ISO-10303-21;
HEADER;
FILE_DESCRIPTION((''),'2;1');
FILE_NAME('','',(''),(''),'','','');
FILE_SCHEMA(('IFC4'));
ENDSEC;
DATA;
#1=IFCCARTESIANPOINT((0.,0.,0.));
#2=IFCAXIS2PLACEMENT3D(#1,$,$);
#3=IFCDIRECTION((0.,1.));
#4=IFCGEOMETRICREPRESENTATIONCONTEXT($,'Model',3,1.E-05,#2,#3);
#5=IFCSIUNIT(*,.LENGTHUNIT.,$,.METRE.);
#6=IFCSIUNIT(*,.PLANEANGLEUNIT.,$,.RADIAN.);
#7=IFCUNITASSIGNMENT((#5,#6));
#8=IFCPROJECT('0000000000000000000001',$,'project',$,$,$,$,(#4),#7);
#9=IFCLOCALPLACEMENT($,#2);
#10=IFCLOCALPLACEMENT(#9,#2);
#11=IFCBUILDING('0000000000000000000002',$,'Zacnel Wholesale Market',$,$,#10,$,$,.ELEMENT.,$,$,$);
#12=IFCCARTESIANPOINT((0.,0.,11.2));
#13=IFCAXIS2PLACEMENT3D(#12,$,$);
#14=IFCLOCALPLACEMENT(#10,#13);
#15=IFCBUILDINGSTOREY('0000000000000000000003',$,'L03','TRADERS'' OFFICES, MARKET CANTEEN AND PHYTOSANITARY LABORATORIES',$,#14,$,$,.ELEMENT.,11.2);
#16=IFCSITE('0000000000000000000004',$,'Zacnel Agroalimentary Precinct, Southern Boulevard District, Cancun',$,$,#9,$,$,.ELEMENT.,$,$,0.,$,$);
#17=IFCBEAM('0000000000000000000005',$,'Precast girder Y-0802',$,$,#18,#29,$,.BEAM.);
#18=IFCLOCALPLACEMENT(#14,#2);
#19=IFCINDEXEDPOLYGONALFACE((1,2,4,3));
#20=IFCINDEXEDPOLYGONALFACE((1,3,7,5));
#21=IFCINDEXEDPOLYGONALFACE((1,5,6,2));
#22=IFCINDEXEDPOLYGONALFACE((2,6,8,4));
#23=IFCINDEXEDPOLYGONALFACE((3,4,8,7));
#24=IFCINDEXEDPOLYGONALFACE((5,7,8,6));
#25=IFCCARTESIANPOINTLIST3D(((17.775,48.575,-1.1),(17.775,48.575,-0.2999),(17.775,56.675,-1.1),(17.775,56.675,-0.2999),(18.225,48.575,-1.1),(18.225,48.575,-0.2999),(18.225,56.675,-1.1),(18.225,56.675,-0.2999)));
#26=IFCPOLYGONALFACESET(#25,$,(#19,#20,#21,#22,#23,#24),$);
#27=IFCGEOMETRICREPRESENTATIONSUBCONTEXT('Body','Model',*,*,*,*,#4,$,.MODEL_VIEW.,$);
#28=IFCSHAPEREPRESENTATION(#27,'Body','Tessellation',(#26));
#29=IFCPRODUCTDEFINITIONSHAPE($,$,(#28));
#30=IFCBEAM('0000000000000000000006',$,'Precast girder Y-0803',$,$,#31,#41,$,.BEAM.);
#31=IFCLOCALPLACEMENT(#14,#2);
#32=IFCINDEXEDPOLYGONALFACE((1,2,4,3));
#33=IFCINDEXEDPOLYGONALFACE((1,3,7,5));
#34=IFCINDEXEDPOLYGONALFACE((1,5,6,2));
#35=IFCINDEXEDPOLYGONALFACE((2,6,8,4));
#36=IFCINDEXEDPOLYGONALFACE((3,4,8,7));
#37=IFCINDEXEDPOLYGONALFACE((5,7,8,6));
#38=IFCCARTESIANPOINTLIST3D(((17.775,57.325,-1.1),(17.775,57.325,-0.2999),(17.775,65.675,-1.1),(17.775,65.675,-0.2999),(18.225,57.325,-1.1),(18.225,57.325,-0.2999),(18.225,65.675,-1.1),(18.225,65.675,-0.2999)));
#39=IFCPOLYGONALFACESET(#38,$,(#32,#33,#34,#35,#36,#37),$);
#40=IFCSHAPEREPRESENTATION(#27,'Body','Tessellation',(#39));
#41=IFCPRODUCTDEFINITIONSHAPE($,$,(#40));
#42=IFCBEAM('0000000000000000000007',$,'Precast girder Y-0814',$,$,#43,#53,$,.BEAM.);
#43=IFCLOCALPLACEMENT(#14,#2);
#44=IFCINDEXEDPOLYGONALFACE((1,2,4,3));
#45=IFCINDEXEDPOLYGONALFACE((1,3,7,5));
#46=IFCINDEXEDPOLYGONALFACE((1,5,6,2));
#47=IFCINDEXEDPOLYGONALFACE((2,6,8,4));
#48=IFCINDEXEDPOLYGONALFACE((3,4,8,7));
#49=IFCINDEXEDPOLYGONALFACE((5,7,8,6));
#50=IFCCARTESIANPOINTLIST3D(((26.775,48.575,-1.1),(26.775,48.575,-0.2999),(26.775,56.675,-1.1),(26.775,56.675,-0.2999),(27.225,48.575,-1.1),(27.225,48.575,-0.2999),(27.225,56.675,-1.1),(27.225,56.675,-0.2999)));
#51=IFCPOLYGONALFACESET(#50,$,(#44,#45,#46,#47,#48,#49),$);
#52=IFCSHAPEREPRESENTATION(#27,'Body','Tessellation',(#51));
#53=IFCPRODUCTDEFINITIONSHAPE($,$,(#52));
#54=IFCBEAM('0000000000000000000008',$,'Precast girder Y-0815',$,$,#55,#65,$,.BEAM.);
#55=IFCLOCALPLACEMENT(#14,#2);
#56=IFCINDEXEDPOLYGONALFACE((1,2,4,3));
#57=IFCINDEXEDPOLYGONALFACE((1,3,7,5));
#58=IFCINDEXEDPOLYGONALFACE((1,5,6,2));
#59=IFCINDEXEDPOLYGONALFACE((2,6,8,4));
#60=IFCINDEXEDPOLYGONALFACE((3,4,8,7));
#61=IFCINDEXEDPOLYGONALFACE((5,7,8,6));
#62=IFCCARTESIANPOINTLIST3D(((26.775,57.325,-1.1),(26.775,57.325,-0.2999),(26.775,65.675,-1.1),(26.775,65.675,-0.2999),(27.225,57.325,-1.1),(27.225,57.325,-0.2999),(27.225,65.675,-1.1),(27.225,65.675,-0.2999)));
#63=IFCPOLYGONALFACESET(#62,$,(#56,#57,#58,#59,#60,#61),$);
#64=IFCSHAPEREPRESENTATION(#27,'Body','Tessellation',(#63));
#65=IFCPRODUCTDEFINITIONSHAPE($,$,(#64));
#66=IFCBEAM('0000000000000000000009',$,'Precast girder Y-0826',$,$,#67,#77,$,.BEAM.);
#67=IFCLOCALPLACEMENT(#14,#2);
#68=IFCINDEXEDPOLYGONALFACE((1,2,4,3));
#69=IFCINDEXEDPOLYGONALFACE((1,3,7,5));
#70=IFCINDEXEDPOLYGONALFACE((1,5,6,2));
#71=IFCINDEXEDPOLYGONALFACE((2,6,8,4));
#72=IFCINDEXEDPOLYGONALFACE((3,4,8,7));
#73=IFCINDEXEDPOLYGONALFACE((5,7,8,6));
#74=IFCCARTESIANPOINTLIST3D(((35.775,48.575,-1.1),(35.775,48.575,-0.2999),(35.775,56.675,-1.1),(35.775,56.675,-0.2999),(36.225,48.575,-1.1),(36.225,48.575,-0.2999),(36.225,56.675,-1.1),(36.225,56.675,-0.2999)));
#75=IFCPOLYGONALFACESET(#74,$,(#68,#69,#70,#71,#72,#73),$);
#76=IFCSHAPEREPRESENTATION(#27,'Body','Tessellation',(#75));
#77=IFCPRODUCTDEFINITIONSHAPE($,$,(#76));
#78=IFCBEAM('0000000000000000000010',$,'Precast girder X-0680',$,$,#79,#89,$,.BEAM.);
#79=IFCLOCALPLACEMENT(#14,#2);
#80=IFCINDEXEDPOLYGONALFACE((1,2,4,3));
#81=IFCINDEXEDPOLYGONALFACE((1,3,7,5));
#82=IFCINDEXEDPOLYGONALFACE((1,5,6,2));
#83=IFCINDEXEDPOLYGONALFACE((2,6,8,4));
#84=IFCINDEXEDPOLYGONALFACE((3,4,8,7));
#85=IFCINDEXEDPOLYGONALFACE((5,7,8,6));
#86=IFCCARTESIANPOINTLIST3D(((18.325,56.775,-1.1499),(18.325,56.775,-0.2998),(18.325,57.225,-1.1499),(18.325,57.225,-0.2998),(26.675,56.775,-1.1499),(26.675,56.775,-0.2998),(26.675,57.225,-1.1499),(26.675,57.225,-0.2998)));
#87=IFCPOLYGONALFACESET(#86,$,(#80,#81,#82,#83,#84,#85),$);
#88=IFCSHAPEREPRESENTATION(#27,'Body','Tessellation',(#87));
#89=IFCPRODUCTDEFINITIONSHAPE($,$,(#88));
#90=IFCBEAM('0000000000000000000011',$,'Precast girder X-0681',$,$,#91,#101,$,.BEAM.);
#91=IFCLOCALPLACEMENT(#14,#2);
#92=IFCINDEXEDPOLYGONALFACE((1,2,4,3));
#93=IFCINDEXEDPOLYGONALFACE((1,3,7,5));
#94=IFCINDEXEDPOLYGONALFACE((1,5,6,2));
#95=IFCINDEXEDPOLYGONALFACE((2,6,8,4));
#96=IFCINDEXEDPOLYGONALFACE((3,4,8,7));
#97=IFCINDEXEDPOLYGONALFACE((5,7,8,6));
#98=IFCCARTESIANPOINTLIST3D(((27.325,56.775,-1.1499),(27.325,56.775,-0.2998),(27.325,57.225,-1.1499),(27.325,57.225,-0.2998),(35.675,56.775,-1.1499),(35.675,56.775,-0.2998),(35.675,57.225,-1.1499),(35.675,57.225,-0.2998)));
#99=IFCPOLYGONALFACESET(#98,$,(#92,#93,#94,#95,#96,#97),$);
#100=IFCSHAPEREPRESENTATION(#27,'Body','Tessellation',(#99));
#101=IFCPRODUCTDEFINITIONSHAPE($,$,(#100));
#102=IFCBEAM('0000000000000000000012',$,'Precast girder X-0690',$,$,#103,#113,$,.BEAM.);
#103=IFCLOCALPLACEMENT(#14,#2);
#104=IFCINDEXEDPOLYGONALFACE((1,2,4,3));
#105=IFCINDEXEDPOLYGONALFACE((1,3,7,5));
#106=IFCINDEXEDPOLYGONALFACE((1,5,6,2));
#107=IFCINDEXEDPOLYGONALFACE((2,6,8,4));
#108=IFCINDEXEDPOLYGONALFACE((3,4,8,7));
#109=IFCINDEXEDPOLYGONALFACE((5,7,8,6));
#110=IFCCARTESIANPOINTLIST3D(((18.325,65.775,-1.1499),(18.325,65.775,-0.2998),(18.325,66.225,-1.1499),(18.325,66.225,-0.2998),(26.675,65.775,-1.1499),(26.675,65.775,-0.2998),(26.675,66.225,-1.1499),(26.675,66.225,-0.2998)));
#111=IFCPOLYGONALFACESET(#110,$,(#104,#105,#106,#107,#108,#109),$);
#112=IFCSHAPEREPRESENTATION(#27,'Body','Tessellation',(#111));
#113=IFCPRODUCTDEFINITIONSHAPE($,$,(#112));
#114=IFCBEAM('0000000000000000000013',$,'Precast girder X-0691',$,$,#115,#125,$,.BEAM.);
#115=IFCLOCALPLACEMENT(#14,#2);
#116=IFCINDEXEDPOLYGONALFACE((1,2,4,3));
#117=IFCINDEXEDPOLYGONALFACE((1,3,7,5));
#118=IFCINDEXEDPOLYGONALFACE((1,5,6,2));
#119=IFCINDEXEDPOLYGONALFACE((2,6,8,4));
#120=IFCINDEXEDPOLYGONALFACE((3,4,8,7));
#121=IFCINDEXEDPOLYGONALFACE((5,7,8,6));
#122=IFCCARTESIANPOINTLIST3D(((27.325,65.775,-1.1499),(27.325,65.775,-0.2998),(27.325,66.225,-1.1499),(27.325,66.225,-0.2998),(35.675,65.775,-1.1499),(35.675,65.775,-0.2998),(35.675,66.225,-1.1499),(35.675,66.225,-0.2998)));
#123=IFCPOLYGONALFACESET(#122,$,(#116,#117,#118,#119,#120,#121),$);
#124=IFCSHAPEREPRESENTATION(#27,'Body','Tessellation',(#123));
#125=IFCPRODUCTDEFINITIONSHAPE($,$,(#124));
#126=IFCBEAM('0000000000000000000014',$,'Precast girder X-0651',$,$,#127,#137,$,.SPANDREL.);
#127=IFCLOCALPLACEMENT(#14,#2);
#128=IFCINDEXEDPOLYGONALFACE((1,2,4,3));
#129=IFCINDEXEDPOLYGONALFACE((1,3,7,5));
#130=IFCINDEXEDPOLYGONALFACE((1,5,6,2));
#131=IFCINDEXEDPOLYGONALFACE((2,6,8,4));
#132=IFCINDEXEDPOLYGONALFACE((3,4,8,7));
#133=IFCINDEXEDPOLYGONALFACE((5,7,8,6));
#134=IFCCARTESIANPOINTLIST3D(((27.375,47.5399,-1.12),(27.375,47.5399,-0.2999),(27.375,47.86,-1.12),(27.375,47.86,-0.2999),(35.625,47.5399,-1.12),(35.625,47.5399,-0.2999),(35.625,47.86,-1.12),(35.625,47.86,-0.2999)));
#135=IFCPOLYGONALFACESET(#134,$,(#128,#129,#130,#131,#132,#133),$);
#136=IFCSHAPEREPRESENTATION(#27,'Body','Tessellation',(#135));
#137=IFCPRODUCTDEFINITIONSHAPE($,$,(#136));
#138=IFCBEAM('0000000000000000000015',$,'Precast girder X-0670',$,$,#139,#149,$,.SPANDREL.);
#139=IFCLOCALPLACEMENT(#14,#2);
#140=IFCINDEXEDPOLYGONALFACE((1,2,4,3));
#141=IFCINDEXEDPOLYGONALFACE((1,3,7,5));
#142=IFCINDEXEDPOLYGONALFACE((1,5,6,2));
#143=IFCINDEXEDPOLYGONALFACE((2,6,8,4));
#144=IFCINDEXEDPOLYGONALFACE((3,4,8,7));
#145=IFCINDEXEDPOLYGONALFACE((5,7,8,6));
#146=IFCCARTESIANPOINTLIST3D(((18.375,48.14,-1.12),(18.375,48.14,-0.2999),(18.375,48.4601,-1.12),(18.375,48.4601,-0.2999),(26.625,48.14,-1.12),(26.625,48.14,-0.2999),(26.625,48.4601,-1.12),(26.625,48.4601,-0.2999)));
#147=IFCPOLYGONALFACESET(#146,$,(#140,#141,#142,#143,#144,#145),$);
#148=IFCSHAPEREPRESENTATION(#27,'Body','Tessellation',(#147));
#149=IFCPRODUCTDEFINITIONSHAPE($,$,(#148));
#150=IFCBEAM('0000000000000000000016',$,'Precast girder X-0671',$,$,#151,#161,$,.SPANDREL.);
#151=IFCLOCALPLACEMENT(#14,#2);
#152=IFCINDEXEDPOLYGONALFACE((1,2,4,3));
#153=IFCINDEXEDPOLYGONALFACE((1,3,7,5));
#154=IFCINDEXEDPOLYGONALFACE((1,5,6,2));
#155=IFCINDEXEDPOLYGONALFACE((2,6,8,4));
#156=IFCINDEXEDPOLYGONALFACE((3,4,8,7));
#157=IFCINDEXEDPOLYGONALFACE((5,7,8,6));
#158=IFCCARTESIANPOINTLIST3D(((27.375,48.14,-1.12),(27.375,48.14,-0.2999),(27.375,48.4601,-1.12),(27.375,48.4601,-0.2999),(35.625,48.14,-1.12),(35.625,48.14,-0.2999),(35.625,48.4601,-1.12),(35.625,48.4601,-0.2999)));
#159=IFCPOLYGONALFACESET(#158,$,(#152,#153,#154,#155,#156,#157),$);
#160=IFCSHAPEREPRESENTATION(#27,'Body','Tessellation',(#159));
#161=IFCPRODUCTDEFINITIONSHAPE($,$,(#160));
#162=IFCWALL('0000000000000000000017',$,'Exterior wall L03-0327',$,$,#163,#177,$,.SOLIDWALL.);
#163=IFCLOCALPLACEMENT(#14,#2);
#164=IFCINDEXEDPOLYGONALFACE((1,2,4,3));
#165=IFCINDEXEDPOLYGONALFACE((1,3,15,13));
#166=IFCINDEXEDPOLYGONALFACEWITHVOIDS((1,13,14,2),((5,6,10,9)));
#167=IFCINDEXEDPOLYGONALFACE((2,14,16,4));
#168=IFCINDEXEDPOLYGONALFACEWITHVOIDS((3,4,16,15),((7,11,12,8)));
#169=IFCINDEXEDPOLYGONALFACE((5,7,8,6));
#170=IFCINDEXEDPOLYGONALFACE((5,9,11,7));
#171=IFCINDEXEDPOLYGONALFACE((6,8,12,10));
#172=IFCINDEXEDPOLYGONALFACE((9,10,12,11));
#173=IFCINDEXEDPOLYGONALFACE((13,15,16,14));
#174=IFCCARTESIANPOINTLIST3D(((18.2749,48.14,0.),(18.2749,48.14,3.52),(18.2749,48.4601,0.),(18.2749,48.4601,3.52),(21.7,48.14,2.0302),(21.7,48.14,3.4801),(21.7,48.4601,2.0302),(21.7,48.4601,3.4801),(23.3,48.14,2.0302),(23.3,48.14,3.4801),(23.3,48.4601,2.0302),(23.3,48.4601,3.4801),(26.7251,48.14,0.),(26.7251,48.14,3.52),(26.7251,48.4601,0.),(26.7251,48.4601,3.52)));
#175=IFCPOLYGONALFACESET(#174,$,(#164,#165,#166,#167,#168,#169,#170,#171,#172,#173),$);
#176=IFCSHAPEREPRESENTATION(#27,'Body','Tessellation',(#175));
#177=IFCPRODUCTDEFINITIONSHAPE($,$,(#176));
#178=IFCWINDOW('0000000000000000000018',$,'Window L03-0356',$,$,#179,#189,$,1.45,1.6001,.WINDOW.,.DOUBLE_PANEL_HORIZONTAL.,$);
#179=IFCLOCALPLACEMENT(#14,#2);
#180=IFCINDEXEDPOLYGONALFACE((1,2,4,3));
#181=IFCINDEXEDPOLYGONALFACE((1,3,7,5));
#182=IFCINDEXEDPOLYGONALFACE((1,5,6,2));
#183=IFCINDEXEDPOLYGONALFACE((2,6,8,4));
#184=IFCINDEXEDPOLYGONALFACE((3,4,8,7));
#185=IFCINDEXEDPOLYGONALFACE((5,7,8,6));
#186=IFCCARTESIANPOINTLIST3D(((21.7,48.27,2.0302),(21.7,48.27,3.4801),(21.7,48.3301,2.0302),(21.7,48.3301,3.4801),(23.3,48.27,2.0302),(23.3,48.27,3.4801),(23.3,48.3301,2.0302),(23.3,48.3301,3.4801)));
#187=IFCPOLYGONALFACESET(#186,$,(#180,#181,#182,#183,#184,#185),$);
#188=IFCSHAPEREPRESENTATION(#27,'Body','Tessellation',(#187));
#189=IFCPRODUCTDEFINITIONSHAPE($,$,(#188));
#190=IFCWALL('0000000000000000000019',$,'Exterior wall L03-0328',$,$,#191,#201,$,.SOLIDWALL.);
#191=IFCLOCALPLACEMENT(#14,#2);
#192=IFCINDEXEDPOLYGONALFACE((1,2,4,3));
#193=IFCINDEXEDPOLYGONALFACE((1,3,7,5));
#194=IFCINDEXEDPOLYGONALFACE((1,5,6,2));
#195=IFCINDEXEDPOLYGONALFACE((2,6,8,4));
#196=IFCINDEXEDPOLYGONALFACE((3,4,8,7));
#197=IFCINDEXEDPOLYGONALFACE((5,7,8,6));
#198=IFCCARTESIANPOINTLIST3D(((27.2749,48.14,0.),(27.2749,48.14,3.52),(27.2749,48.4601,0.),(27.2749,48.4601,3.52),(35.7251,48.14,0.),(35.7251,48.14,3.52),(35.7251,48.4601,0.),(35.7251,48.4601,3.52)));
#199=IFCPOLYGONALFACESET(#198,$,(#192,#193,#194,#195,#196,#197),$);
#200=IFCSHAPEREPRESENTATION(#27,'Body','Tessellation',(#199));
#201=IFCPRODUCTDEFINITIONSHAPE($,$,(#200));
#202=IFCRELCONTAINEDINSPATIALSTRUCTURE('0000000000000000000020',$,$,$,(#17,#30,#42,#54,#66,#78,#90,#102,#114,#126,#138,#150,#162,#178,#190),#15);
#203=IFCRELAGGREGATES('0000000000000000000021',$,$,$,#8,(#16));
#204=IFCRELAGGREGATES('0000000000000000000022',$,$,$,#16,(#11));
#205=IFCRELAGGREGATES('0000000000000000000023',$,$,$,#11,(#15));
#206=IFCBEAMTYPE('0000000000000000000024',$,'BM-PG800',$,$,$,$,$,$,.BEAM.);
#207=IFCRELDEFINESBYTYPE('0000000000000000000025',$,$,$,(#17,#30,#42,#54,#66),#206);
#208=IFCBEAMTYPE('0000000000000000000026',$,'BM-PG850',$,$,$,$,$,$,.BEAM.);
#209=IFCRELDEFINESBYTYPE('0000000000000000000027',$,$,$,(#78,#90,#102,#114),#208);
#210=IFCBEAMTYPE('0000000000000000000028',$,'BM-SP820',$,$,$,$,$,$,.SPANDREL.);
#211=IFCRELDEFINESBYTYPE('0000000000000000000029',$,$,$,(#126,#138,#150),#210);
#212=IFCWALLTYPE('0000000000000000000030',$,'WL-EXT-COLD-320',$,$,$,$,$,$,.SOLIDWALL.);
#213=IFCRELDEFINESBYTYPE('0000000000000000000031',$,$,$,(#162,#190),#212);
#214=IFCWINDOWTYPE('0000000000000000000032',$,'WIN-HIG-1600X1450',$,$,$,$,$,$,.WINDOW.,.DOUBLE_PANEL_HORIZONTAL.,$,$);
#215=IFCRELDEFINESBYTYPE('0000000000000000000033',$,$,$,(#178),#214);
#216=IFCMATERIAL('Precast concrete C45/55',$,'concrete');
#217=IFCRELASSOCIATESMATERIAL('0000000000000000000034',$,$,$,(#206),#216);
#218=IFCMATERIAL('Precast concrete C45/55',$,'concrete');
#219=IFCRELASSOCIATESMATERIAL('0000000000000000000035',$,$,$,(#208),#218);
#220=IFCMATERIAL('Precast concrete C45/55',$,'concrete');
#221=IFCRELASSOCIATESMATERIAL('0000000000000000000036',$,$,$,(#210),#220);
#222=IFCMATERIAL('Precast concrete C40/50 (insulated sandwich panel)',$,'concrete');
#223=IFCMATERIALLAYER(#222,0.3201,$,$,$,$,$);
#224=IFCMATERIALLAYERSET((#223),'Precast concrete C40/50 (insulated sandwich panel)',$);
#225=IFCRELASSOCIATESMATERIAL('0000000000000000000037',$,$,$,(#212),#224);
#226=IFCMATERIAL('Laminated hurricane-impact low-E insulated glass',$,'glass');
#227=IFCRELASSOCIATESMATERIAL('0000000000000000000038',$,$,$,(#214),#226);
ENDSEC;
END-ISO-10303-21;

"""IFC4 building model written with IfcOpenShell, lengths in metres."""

from ifc_helpers import new_model, si_unit, direction, frame, frame_2d, origin, origin_2d, place, context, subcontext, project, spatial, rectangle, extrude, material, layer, layer_set, material_profile, profile_set, type_object, element, fill, save


model = new_model("IFC4")

# Units and contexts
model_context = context("Model", 3, precision=1e-05, world=origin(), true_north=direction((0.0, 1.0)))
body_context = subcontext(model_context, "Body", "Model", "MODEL_VIEW")
ifc_project = project(units=[si_unit("LENGTHUNIT", "METRE"), si_unit("PLANEANGLEUNIT", "RADIAN")], contexts=[model_context])

# Site, building, storey
site_placement = place(None, origin())
site = spatial("IfcSite", under=ifc_project, at=site_placement, Name="Zacnel Agroalimentary Precinct, Southern Boulevard District, Cancun", CompositionType="ELEMENT", RefElevation=0.0)
building_placement = place(site_placement, origin())
building = spatial("IfcBuilding", under=site, at=building_placement, Name="Zacnel Wholesale Market", CompositionType="ELEMENT")
storey_placement = place(building_placement, frame((0.0, 0.0, 11.2)))
storey = spatial("IfcBuildingStorey", under=building, at=storey_placement, Name="L03", Description="TRADERS' OFFICES, MARKET CANTEEN AND PHYTOSANITARY LABORATORIES", CompositionType="ELEMENT", Elevation=11.2)

# Beams
ifc_material_1 = material(Name="Precast concrete C45/55", Category="concrete")
ifc_material_profile_1 = material_profile(ifc_material_1, rectangle(XDim=0.45, YDim=0.8, at=origin_2d()), Name="PG 450x800")
ifc_profile_set_1 = profile_set([ifc_material_profile_1], Name="Precast concrete C45/55")
beam_type_1 = type_object("IfcBeamType", Name="BM-PG800", PredefinedType="BEAM", material=ifc_profile_set_1)
beam_1_placement = place(storey_placement, frame((18.0, 48.575, -0.7), z_axis=(0.0, 1.0, 0.0), x_axis=(-1.0, 0.0, 0.0)))
element("IfcBeam", 1, at=beam_1_placement, inside=storey, type_object=beam_type_1, Name="Precast girder Y-0802", PredefinedType="BEAM", context=body_context, shape_type="SweptSolid", body=[
    extrude(rectangle(XDim=0.45, YDim=0.8, at=origin_2d()), origin(), (0.0, 0.0, 1.0), 8.1001),
])
beam_2_placement = place(storey_placement, frame((18.0, 57.325, -0.7), z_axis=(0.0, 1.0, 0.0), x_axis=(-1.0, 0.0, 0.0)))
element("IfcBeam", 2, at=beam_2_placement, inside=storey, type_object=beam_type_1, Name="Precast girder Y-0803", PredefinedType="BEAM", context=body_context, shape_type="SweptSolid", body=[
    extrude(rectangle(XDim=0.45, YDim=0.8, at=origin_2d()), origin(), (0.0, 0.0, 1.0), 8.3501),
])
beam_3_placement = place(storey_placement, frame((27.0, 48.575, -0.7), z_axis=(0.0, 1.0, 0.0), x_axis=(-1.0, 0.0, 0.0)))
element("IfcBeam", 3, at=beam_3_placement, inside=storey, type_object=beam_type_1, Name="Precast girder Y-0814", PredefinedType="BEAM", context=body_context, shape_type="SweptSolid", body=[
    extrude(rectangle(XDim=0.45, YDim=0.8, at=origin_2d()), origin(), (0.0, 0.0, 1.0), 8.1001),
])
beam_4_placement = place(storey_placement, frame((27.0, 57.325, -0.7), z_axis=(0.0, 1.0, 0.0), x_axis=(-1.0, 0.0, 0.0)))
element("IfcBeam", 4, at=beam_4_placement, inside=storey, type_object=beam_type_1, Name="Precast girder Y-0815", PredefinedType="BEAM", context=body_context, shape_type="SweptSolid", body=[
    extrude(rectangle(XDim=0.45, YDim=0.8, at=origin_2d()), origin(), (0.0, 0.0, 1.0), 8.3501),
])
beam_5_placement = place(storey_placement, frame((36.0, 48.575, -0.7), z_axis=(0.0, 1.0, 0.0), x_axis=(-1.0, 0.0, 0.0)))
element("IfcBeam", 5, at=beam_5_placement, inside=storey, type_object=beam_type_1, Name="Precast girder Y-0826", PredefinedType="BEAM", context=body_context, shape_type="SweptSolid", body=[
    extrude(rectangle(XDim=0.45, YDim=0.8, at=origin_2d()), origin(), (0.0, 0.0, 1.0), 8.1001),
])
ifc_material_2 = material(Name="Precast concrete C45/55", Category="concrete")
ifc_material_profile_2 = material_profile(ifc_material_2, rectangle(XDim=0.45, YDim=0.8501, at=origin_2d()), Name="PG 450x850")
ifc_profile_set_2 = profile_set([ifc_material_profile_2], Name="Precast concrete C45/55")
beam_type_2 = type_object("IfcBeamType", Name="BM-PG850", PredefinedType="BEAM", material=ifc_profile_set_2)
for number, where, z_axis, x_axis, name in (
    (6, (18.325, 57.0, -0.7249), (1.0, 0.0, 0.0), (0.0, 1.0, 0.0), "Precast girder X-0680"),
    (7, (27.325, 57.0, -0.7249), (1.0, 0.0, 0.0), (0.0, 1.0, 0.0), "Precast girder X-0681"),
    (8, (18.325, 66.0, -0.7249), (1.0, 0.0, 0.0), (0.0, 1.0, 0.0), "Precast girder X-0690"),
    (9, (27.325, 66.0, -0.7249), (1.0, 0.0, 0.0), (0.0, 1.0, 0.0), "Precast girder X-0691"),
):
    element("IfcBeam", number, at=place(storey_placement, frame(where, z_axis=z_axis, x_axis=x_axis)), inside=storey, type_object=beam_type_2, Name=name, PredefinedType="BEAM", context=body_context, shape_type="SweptSolid", body=[
        extrude(rectangle(XDim=0.45, YDim=0.8501, at=origin_2d()), origin(), (0.0, 0.0, 1.0), 8.3501),
    ])
ifc_material_3 = material(Name="Precast concrete C45/55", Category="concrete")
ifc_material_profile_3 = material_profile(ifc_material_3, rectangle(XDim=0.3201, YDim=0.8201, at=origin_2d()), Name="SP 320x820")
ifc_profile_set_3 = profile_set([ifc_material_profile_3], Name="Precast concrete C45/55")
beam_type_3 = type_object("IfcBeamType", Name="BM-SP820", PredefinedType="SPANDREL", material=ifc_profile_set_3)
for number, where, z_axis, x_axis, name in (
    (10, (27.375, 47.7, -0.71), (1.0, 0.0, 0.0), (0.0, 1.0, 0.0), "Precast girder X-0651"),
    (11, (18.375, 48.3, -0.71), (1.0, 0.0, 0.0), (0.0, 1.0, 0.0), "Precast girder X-0670"),
    (12, (27.375, 48.3, -0.71), (1.0, 0.0, 0.0), (0.0, 1.0, 0.0), "Precast girder X-0671"),
):
    element("IfcBeam", number, at=place(storey_placement, frame(where, z_axis=z_axis, x_axis=x_axis)), inside=storey, type_object=beam_type_3, Name=name, PredefinedType="SPANDREL", context=body_context, shape_type="SweptSolid", body=[
        extrude(rectangle(XDim=0.3201, YDim=0.8201, at=origin_2d()), origin(), (0.0, 0.0, 1.0), 8.25),
    ])

# Wall, opening, window
ifc_material_4 = material(Name="Precast concrete C40/50 (insulated sandwich panel)", Category="concrete")
ifc_layer_1 = layer(ifc_material_4, 0.3201)
ifc_layer_set_1 = layer_set([ifc_layer_1], Name="Precast concrete C40/50 (insulated sandwich panel)")
wall_type_1 = type_object("IfcWallType", Name="WL-EXT-COLD-320", PredefinedType="SOLIDWALL", material=ifc_layer_set_1)
wall_1_placement = place(storey_placement, frame((18.2749, 48.3, 0.0), z_axis=(0.0, 0.0, 1.0), x_axis=(1.0, 0.0, 0.0)))
wall_1 = element("IfcWall", 13, at=wall_1_placement, inside=storey, type_object=wall_type_1, Name="Exterior wall L03-0327", PredefinedType="SOLIDWALL", context=body_context, shape_type="SweptSolid", body=[
    extrude(rectangle(XDim=8.4502, YDim=0.3201, at=frame_2d((4.2251, 0.0))), origin(), (0.0, 0.0, 1.0), 3.52),
])
opening_placement = place(wall_1_placement, frame((3.425, 0.0, 2.03)))
opening = element("IfcOpeningElement", 14, at=opening_placement, cuts=wall_1, PredefinedType="OPENING", context=body_context, shape_type="SweptSolid", body=[
    extrude(rectangle(XDim=1.6001, YDim=1.45, at=frame_2d((0.8, 0.7251))), frame((0.0, 0.1699, 0.0), z_axis=(0.0, -1.0, 0.0), x_axis=(1.0, 0.0, 0.0)), (0.0, 0.0, 1.0), 0.3401),
])
ifc_material_5 = material(Name="Laminated hurricane-impact low-E insulated glass", Category="glass")
window_type = type_object("IfcWindowType", Name="WIN-HIG-1600X1450", PartitioningType="DOUBLE_PANEL_HORIZONTAL", PredefinedType="WINDOW", material=ifc_material_5)
window_placement = place(opening_placement, origin())
window = element("IfcWindow", 15, at=window_placement, inside=storey, type_object=window_type, Name="Window L03-0356", OverallHeight=1.45, OverallWidth=1.6001, PartitioningType="DOUBLE_PANEL_HORIZONTAL", PredefinedType="WINDOW", context=body_context, shape_type="SweptSolid", body=[
    extrude(rectangle(XDim=1.6001, YDim=1.45, at=frame_2d((0.8, 0.7251))), frame((0.0, 0.03, 0.0), z_axis=(0.0, -1.0, 0.0), x_axis=(1.0, 0.0, 0.0)), (0.0, 0.0, 1.0), 0.0601),
])
fill(opening, window)

# Wall
wall_2_placement = place(storey_placement, frame((27.2749, 48.3, 0.0), z_axis=(0.0, 0.0, 1.0), x_axis=(1.0, 0.0, 0.0)))
element("IfcWall", 16, at=wall_2_placement, inside=storey, type_object=wall_type_1, Name="Exterior wall L03-0328", PredefinedType="SOLIDWALL", context=body_context, shape_type="SweptSolid", body=[
    extrude(rectangle(XDim=8.4502, YDim=0.3201, at=frame_2d((4.2251, 0.0))), origin(), (0.0, 0.0, 1.0), 3.52),
])

save(model, "model.ifc")
